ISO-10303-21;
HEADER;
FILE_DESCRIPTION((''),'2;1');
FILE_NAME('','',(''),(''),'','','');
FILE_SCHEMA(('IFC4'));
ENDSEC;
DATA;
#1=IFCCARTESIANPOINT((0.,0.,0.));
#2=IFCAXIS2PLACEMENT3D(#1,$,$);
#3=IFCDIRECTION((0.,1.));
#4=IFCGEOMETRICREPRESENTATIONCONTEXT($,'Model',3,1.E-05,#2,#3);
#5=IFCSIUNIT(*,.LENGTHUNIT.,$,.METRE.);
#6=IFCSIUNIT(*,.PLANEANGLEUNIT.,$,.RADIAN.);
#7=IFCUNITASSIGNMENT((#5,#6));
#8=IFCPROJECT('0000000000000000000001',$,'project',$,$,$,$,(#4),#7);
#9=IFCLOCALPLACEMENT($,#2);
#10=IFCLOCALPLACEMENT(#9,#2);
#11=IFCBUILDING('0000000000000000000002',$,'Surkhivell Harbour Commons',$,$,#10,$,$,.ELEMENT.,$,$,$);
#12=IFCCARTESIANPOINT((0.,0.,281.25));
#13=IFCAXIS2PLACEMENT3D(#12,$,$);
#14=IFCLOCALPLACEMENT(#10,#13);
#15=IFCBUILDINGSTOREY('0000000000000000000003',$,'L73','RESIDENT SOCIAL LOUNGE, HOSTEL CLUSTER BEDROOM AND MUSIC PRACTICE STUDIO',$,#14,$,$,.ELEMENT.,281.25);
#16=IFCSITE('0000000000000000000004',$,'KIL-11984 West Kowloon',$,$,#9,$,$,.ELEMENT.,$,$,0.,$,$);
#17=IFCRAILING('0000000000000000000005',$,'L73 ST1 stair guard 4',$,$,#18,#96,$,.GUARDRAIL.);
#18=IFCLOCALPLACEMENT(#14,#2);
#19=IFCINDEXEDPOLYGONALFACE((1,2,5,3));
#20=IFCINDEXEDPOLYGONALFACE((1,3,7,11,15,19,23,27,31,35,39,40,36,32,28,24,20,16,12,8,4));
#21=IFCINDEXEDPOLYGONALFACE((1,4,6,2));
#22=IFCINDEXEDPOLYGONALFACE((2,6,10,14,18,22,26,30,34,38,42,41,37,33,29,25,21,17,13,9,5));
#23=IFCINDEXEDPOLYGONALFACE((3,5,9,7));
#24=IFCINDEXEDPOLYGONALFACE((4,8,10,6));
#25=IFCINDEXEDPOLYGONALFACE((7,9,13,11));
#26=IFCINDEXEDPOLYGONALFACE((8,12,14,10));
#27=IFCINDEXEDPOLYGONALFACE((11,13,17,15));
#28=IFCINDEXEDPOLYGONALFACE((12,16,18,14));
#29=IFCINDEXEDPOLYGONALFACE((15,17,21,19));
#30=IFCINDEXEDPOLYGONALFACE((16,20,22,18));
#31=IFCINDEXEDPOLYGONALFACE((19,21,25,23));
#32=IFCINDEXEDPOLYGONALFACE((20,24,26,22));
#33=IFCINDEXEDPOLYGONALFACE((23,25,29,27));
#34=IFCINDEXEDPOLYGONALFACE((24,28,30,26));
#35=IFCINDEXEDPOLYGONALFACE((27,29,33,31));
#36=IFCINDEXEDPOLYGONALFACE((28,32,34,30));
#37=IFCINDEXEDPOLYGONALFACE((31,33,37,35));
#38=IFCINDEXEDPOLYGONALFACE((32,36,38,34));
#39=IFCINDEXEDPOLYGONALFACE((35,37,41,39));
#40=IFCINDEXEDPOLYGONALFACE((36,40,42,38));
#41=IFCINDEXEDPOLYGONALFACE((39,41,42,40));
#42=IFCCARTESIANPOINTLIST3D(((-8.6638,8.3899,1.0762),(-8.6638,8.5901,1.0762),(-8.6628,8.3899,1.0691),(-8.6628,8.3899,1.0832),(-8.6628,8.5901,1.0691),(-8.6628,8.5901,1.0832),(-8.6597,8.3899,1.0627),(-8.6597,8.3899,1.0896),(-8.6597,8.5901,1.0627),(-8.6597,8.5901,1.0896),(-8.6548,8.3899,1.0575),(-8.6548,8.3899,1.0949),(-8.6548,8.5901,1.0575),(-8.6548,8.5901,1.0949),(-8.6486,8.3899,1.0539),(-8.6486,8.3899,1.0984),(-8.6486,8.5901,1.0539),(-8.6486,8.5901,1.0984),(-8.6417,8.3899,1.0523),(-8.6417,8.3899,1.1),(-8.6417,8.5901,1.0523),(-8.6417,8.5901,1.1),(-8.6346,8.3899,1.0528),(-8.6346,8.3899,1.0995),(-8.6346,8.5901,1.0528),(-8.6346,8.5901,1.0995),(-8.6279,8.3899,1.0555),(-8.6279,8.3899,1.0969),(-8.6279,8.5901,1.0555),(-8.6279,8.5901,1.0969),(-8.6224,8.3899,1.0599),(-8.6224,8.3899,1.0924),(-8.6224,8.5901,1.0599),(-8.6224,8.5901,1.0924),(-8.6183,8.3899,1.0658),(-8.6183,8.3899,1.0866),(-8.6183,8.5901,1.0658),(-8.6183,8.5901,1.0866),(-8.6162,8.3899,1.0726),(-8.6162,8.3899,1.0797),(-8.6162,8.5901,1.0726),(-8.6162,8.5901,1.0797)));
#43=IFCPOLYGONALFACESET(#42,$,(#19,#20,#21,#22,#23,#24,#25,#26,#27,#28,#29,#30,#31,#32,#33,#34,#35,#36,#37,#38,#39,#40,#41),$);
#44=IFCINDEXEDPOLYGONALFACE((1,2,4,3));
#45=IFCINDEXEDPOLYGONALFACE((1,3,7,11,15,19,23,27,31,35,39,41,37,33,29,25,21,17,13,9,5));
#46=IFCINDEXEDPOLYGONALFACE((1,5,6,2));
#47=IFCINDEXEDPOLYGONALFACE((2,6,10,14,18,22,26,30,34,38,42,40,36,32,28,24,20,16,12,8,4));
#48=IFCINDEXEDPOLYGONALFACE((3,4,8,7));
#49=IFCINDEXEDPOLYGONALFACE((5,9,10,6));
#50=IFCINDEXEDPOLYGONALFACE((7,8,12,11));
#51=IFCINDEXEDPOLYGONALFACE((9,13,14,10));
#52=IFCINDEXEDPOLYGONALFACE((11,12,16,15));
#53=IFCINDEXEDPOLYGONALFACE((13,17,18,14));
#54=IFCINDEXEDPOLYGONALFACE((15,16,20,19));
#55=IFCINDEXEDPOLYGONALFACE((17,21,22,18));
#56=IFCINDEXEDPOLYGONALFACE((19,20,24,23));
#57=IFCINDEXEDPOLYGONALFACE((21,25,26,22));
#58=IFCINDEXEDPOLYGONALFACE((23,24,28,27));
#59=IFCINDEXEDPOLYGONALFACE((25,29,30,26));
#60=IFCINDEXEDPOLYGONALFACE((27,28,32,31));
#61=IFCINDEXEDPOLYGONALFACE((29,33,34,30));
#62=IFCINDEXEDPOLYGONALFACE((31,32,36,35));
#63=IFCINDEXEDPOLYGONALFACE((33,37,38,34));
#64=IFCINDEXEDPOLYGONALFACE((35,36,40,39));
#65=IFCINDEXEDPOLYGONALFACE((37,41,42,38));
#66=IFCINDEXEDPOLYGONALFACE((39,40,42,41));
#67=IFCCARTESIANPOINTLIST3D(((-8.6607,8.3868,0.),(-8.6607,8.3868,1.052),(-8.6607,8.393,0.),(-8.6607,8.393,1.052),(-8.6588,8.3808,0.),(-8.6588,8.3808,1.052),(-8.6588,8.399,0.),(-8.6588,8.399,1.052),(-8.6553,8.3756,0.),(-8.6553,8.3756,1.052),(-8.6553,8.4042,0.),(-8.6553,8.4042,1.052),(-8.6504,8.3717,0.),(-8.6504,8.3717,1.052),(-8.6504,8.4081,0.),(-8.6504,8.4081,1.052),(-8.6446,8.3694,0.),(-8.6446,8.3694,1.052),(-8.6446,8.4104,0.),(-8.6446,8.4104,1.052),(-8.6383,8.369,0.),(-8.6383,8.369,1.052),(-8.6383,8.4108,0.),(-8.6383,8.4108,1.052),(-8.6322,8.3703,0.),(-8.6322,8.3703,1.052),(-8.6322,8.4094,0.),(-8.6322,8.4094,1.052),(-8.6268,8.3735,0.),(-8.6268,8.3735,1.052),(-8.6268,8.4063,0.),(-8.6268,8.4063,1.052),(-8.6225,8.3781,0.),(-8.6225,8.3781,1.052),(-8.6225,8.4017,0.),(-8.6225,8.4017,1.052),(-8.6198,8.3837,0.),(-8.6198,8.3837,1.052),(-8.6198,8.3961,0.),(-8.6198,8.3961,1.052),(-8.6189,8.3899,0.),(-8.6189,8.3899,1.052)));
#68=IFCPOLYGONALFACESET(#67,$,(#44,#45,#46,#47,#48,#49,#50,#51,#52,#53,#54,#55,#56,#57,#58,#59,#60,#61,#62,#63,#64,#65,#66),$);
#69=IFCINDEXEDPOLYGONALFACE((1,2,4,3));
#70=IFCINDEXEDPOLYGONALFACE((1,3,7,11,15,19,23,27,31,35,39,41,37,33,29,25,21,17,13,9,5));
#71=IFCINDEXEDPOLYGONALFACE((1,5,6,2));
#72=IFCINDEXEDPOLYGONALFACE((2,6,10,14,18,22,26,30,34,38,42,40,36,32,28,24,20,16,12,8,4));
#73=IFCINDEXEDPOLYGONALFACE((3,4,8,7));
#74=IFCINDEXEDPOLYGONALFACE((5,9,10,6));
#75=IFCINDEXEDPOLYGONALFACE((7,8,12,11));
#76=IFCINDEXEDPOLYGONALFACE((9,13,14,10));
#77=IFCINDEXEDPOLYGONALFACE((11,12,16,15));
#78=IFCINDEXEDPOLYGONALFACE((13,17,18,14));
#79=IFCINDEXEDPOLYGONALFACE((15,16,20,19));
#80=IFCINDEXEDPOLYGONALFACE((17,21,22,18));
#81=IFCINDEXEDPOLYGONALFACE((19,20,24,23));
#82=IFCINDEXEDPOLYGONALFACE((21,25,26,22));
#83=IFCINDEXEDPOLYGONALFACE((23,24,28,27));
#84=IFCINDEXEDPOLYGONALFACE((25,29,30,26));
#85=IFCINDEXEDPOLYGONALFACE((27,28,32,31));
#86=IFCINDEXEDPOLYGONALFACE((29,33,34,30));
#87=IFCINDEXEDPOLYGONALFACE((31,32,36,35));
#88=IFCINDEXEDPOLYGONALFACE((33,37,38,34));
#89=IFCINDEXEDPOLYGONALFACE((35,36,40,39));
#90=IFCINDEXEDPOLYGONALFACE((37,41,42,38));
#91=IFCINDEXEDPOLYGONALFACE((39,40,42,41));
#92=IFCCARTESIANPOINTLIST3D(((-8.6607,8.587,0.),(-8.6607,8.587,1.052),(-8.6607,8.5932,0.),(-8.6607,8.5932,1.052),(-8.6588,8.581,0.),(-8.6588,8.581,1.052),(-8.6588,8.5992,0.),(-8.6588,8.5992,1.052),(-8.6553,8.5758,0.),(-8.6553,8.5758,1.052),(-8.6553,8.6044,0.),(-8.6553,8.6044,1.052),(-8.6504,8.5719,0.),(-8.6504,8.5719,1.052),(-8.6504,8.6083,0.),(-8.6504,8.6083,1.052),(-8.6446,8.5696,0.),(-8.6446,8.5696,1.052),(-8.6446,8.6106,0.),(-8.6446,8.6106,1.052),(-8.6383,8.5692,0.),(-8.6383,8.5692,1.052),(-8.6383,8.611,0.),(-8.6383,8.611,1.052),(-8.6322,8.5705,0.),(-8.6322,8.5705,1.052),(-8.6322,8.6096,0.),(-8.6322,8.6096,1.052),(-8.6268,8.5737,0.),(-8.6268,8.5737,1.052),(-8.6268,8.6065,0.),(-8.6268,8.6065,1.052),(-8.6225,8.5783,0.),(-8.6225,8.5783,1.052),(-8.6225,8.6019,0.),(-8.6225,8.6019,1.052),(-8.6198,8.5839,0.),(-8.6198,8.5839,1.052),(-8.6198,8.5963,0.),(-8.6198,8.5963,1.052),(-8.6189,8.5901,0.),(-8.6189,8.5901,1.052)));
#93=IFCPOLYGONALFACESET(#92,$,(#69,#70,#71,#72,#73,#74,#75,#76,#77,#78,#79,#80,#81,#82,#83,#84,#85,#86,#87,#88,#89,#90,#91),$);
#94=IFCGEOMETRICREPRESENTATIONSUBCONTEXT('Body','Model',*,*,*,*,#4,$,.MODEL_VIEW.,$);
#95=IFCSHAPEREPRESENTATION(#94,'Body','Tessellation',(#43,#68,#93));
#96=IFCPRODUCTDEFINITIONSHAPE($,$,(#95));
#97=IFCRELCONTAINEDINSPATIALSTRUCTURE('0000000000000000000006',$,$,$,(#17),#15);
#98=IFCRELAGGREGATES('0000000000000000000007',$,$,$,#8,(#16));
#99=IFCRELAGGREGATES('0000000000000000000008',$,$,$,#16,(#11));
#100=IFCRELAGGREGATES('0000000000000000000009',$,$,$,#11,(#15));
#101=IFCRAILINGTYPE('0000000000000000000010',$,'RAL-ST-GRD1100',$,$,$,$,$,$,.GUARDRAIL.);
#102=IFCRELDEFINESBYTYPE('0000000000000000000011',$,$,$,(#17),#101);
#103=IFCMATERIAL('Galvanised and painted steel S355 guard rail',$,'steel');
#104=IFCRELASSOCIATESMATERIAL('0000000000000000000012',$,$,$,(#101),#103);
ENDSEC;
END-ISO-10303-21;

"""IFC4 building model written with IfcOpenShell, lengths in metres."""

from ifc_helpers import new_model, si_unit, direction, frame, origin, origin_2d, place, context, subcontext, project, spatial, circle, extrude, material, type_object, element, save


model = new_model("IFC4")

# Units and contexts
model_context = context("Model", 3, precision=1e-05, world=origin(), true_north=direction((0.0, 1.0)))
body_context = subcontext(model_context, "Body", "Model", "MODEL_VIEW")
ifc_project = project(units=[si_unit("LENGTHUNIT", "METRE"), si_unit("PLANEANGLEUNIT", "RADIAN")], contexts=[model_context])

# Site, building, storey
site_placement = place(None, origin())
site = spatial("IfcSite", under=ifc_project, at=site_placement, Name="KIL-11984 West Kowloon", CompositionType="ELEMENT", RefElevation=0.0)
building_placement = place(site_placement, origin())
building = spatial("IfcBuilding", under=site, at=building_placement, Name="Surkhivell Harbour Commons", CompositionType="ELEMENT")
storey_placement = place(building_placement, frame((0.0, 0.0, 281.25)))
storey = spatial("IfcBuildingStorey", under=building, at=storey_placement, Name="L73", Description="RESIDENT SOCIAL LOUNGE, HOSTEL CLUSTER BEDROOM AND MUSIC PRACTICE STUDIO", CompositionType="ELEMENT", Elevation=281.25)

# Railing
ifc_material_1 = material(Name="Galvanised and painted steel S355 guard rail", Category="steel")
railing_type_1 = type_object("IfcRailingType", Name="RAL-ST-GRD1100", PredefinedType="GUARDRAIL", material=ifc_material_1)
railing_1_placement = place(storey_placement, frame((-8.6399, 8.3899, 0.0)))
element("IfcRailing", 1, at=railing_1_placement, inside=storey, type_object=railing_type_1, Name="L73 ST1 stair guard 4", PredefinedType="GUARDRAIL", context=body_context, shape_type="SweptSolid", body=[
    extrude(circle(Radius=0.0239, at=origin_2d()), frame((0.0, 0.0, 1.0762), z_axis=(0.0, 1.0, 0.0), x_axis=(-1.0, 0.0, 0.0)), (0.0, 0.0, 1.0), 0.2002),
    extrude(circle(Radius=0.021, at=origin_2d()), origin(), (0.0, 0.0, 1.0), 1.052),
    extrude(circle(Radius=0.021, at=origin_2d()), frame((0.0, 0.2002, 0.0)), (0.0, 0.0, 1.0), 1.052),
])

save(model, "model.ifc")
